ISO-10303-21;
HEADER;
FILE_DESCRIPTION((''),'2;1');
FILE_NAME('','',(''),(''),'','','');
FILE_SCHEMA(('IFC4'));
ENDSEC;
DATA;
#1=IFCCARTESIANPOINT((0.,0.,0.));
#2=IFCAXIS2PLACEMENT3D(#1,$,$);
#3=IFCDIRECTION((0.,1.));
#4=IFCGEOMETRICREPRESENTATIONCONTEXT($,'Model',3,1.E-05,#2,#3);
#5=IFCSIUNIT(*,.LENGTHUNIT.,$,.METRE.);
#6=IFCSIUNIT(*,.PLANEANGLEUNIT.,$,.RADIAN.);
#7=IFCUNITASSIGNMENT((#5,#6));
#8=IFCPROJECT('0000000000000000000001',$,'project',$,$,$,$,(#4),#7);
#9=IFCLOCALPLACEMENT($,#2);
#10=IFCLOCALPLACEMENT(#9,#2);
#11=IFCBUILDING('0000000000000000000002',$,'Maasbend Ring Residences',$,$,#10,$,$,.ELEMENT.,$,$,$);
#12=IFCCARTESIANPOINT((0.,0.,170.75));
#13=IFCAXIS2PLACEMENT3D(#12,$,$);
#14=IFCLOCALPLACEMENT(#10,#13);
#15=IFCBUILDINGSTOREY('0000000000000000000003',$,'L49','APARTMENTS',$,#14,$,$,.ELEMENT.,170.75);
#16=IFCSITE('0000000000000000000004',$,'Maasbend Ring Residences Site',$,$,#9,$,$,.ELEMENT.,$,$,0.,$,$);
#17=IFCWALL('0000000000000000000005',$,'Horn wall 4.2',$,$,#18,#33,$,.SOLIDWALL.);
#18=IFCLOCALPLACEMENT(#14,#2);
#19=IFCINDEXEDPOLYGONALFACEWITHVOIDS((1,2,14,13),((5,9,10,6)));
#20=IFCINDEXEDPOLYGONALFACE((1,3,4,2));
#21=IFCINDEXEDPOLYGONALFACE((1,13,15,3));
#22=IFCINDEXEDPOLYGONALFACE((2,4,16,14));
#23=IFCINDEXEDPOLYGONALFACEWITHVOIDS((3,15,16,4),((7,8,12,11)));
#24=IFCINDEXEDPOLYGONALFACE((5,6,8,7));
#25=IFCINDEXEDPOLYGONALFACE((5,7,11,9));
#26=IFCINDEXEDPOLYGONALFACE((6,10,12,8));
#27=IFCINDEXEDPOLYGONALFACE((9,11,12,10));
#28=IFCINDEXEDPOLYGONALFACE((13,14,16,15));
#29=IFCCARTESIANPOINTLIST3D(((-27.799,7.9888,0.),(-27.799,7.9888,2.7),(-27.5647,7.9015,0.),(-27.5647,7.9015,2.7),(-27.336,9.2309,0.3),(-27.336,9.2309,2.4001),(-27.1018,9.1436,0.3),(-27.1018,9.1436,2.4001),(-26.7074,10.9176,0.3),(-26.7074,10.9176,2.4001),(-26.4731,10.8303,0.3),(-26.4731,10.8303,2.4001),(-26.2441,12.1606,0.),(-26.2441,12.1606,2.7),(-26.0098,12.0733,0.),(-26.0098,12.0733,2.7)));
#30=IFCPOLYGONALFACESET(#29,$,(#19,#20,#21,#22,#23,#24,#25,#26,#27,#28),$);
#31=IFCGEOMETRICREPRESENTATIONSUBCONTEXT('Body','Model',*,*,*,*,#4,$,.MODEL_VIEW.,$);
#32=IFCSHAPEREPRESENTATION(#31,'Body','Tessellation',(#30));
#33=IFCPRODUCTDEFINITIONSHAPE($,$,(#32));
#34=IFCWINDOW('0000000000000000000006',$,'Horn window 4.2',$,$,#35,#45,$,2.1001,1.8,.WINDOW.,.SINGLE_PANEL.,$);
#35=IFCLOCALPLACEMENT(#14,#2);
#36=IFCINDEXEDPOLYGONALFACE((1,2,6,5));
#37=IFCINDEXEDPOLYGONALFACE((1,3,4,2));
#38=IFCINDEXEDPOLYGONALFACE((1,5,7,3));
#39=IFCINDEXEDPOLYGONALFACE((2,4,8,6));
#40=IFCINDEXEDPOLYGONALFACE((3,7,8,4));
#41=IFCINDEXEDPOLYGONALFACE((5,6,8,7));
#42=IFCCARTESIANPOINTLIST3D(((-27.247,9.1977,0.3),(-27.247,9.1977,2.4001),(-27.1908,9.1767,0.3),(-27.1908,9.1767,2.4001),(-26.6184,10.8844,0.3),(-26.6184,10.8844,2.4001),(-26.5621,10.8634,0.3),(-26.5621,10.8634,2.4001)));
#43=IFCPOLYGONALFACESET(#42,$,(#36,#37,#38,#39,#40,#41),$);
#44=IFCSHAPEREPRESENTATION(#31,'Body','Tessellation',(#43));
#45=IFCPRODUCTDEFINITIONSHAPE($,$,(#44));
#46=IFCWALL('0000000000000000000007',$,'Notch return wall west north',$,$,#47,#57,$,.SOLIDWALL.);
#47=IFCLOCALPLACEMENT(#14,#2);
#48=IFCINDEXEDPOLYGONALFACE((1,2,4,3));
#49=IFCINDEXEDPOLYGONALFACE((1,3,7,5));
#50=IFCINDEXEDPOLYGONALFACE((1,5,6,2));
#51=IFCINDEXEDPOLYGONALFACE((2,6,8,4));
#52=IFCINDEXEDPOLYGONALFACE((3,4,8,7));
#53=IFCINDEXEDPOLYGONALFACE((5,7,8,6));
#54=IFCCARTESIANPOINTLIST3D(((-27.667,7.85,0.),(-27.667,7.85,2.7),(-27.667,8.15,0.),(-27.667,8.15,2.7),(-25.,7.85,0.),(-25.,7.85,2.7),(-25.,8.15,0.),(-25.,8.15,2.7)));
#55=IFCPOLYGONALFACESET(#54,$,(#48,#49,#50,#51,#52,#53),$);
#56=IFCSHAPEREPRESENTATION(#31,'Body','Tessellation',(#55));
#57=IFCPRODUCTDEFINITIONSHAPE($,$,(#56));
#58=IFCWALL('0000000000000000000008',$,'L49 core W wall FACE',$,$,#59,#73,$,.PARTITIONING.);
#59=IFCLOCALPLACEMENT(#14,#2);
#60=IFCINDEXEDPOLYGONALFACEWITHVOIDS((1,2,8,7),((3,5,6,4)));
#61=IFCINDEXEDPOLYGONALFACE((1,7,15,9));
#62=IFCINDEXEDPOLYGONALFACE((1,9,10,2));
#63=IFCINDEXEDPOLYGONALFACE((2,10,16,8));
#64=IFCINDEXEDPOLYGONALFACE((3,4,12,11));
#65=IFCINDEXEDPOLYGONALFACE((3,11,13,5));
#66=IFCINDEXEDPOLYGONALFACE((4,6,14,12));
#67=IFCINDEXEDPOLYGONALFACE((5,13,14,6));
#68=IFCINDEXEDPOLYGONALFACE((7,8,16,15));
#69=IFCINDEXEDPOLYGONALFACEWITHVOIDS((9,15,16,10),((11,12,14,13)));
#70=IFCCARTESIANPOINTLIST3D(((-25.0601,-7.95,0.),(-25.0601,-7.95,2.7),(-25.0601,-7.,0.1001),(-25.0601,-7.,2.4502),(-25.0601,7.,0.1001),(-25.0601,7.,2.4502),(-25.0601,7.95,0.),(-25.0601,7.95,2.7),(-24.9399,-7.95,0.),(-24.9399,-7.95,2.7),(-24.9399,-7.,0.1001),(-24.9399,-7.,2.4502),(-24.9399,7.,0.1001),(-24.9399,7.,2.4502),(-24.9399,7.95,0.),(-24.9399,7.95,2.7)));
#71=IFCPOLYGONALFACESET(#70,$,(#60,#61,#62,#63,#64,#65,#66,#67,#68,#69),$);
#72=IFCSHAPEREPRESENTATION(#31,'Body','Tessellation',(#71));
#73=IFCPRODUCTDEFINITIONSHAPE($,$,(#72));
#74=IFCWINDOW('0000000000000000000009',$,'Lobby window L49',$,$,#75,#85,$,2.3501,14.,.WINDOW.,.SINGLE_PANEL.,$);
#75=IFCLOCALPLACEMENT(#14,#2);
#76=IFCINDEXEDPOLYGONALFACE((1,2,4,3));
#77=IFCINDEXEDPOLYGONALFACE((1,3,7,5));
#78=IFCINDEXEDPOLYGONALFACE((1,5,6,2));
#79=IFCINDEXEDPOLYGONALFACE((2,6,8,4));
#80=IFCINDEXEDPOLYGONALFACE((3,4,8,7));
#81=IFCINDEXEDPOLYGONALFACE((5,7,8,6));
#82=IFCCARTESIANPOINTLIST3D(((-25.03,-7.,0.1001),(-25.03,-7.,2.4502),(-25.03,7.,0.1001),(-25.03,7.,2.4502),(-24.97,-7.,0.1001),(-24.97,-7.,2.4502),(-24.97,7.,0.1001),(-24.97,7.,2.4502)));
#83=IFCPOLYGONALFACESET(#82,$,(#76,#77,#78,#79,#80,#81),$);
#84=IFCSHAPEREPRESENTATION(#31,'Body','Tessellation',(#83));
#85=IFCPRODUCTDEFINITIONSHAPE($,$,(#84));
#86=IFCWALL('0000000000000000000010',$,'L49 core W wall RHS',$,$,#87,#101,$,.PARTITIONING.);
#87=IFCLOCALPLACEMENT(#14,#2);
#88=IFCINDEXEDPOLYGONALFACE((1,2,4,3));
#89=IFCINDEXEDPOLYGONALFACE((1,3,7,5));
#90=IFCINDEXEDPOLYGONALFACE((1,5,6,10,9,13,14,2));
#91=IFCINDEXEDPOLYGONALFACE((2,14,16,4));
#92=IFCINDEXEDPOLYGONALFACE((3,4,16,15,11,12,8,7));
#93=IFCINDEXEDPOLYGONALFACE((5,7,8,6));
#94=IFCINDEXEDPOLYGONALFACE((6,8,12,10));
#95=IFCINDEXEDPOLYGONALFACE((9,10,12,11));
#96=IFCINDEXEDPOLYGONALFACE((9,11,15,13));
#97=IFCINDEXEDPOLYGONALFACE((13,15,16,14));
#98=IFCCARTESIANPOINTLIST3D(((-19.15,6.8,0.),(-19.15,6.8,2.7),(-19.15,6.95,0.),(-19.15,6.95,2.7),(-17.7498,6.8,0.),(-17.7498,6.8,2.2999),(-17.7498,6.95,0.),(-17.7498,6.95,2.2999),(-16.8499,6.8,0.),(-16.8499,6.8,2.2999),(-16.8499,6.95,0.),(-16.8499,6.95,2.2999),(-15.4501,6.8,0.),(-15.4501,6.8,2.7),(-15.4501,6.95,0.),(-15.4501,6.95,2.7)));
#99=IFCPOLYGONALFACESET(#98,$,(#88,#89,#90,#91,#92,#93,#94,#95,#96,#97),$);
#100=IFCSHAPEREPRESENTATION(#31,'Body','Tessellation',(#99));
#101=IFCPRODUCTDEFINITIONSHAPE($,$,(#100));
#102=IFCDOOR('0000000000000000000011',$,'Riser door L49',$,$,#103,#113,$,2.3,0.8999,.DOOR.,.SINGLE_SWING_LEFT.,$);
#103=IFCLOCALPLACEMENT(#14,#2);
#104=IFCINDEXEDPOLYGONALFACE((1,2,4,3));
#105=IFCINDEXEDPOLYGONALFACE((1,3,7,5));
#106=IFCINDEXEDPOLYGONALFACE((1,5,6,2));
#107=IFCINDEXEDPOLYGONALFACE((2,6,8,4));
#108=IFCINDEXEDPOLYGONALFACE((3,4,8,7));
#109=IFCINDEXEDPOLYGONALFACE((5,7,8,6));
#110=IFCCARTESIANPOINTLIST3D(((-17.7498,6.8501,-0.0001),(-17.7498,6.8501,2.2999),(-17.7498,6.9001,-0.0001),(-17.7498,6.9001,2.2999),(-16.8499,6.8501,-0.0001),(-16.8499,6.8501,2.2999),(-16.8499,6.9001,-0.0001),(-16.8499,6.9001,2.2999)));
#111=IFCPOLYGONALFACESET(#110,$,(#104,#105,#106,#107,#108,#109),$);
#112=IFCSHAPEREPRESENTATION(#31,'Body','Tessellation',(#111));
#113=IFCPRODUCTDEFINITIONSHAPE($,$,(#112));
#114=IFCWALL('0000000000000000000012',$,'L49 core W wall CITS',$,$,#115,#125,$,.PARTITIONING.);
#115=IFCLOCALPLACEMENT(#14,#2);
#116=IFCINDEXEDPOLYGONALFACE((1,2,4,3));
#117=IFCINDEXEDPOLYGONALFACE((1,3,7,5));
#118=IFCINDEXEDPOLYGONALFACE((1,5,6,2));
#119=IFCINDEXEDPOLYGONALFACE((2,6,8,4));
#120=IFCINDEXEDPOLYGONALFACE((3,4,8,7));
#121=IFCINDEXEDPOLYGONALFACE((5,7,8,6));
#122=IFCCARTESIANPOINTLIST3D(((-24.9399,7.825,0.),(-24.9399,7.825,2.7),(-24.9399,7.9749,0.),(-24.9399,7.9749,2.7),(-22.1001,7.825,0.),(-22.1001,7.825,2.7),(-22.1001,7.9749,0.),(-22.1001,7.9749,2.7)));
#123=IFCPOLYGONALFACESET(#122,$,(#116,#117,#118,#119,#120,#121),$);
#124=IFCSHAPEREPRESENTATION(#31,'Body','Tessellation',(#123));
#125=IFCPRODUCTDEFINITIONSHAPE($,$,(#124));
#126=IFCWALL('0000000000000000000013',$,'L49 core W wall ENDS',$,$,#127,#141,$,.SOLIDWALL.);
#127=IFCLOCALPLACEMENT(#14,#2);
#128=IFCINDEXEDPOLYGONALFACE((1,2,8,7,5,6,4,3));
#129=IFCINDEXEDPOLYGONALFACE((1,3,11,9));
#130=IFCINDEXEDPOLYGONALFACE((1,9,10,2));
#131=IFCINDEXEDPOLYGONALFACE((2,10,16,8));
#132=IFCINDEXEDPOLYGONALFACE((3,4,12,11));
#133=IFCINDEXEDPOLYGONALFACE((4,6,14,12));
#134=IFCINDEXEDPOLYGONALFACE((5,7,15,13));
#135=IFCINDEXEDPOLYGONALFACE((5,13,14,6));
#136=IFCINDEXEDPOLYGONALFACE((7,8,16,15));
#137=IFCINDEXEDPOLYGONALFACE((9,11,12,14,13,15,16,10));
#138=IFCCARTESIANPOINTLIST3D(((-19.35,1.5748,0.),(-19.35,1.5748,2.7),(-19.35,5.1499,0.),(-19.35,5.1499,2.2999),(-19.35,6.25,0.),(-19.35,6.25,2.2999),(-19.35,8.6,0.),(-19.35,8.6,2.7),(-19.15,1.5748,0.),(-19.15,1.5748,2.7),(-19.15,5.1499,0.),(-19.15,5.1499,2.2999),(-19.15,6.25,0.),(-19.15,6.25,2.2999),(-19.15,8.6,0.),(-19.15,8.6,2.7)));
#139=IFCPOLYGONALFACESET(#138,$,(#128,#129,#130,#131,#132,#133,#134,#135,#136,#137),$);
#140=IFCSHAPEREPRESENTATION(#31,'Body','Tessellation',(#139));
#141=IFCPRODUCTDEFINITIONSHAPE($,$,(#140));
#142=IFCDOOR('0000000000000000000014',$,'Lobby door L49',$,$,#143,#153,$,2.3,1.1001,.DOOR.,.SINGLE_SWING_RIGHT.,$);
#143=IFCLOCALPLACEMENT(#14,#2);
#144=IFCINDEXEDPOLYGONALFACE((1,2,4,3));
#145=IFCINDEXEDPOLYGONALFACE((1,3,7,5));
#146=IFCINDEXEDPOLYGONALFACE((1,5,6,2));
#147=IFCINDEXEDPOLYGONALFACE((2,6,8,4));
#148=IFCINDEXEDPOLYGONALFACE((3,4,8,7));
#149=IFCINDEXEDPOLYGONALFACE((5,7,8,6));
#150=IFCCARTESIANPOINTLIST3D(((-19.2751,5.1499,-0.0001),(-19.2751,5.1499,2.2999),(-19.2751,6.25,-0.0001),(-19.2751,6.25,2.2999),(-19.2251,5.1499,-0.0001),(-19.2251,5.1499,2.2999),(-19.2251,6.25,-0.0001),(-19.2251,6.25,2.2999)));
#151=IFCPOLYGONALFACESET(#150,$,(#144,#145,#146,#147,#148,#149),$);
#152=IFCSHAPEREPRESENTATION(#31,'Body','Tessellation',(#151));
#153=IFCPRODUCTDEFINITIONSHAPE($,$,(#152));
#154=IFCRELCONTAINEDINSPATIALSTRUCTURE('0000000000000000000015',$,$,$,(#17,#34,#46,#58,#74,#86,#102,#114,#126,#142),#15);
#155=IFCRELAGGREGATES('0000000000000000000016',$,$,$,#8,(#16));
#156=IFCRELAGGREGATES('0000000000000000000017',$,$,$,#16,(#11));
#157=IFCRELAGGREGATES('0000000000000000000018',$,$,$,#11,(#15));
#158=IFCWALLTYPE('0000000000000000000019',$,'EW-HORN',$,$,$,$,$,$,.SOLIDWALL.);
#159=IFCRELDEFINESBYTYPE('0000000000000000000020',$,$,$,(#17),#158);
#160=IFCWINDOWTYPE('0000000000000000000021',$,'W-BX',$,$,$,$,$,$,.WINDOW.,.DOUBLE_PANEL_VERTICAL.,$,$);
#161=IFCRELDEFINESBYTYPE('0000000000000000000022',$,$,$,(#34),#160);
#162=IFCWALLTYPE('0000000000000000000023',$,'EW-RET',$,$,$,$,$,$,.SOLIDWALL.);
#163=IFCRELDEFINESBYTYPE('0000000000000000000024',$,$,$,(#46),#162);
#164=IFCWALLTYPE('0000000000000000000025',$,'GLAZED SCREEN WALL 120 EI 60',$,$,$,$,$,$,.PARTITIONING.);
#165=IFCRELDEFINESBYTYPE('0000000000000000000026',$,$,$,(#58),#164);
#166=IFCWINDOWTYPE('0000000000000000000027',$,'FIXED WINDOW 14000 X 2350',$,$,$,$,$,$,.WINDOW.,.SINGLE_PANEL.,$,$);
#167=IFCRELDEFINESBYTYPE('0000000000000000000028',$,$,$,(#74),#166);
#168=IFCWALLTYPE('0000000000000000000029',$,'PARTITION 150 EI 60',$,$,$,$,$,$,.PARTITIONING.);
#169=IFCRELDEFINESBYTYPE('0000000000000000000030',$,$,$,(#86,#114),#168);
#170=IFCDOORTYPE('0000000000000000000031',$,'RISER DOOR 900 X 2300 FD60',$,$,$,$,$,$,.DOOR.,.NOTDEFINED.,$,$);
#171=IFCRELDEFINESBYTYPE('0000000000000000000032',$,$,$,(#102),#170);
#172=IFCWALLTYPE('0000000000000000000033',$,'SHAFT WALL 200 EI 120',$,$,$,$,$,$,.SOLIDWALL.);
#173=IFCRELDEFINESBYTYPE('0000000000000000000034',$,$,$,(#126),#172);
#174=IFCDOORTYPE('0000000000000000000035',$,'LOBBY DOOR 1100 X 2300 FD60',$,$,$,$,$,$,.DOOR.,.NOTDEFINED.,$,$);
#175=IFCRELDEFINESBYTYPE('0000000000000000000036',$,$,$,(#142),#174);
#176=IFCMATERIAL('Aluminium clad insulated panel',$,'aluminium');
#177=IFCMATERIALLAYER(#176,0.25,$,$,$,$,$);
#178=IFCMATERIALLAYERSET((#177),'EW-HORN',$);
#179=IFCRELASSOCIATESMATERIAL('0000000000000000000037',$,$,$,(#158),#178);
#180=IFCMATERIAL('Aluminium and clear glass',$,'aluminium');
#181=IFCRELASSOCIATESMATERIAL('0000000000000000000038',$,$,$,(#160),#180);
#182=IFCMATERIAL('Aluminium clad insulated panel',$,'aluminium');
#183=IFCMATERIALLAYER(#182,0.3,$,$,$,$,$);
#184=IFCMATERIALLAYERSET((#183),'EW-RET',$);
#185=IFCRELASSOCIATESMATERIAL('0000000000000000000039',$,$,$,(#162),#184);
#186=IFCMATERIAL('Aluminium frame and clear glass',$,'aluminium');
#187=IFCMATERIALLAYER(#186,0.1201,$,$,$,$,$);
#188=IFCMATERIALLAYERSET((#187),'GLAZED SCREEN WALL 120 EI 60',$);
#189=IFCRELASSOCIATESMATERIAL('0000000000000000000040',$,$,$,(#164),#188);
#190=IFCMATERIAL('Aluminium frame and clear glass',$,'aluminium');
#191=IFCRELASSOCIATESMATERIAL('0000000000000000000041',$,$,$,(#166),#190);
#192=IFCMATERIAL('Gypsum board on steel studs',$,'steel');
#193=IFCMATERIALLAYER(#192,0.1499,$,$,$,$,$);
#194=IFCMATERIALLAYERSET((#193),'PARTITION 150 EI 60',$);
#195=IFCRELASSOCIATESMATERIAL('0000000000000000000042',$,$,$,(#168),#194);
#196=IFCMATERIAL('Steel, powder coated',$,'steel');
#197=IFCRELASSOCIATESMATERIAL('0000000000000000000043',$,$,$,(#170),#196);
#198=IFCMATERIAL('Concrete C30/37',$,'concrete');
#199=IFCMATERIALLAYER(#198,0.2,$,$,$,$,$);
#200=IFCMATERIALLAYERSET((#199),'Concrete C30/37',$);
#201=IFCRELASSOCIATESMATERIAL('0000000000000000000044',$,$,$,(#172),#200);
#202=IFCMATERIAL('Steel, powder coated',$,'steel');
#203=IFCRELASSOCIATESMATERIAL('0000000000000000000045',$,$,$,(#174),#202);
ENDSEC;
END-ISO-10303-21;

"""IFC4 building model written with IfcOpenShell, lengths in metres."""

from ifc_helpers import new_model, si_unit, direction, frame, frame_2d, origin, place, context, subcontext, project, spatial, rectangle, extrude, material, layer, layer_set, type_object, element, fill, save


model = new_model("IFC4")

# Units and contexts
model_context = context("Model", 3, precision=1e-05, world=origin(), true_north=direction((0.0, 1.0)))
body_context = subcontext(model_context, "Body", "Model", "MODEL_VIEW")
ifc_project = project(units=[si_unit("LENGTHUNIT", "METRE"), si_unit("PLANEANGLEUNIT", "RADIAN")], contexts=[model_context])

# Site, building, storey
site_placement = place(None, origin())
site = spatial("IfcSite", under=ifc_project, at=site_placement, Name="Maasbend Ring Residences Site", CompositionType="ELEMENT", RefElevation=0.0)
building_placement = place(site_placement, origin())
building = spatial("IfcBuilding", under=site, at=building_placement, Name="Maasbend Ring Residences", CompositionType="ELEMENT")
storey_placement = place(building_placement, frame((0.0, 0.0, 170.75)))
storey = spatial("IfcBuildingStorey", under=building, at=storey_placement, Name="L49", Description="APARTMENTS", CompositionType="ELEMENT", Elevation=170.75)

# Wall, opening, window
ifc_material_1 = material(Name="Aluminium clad insulated panel", Category="aluminium")
ifc_layer_1 = layer(ifc_material_1, 0.25)
ifc_layer_set_1 = layer_set([ifc_layer_1], Name="EW-HORN")
wall_type_1 = type_object("IfcWallType", Name="EW-HORN", PredefinedType="SOLIDWALL", material=ifc_layer_set_1)
wall_1_placement = place(storey_placement, frame((-26.127, 12.1169, 0.0), z_axis=(0.0, 0.0, 1.0), x_axis=(-0.349248, -0.93703, 0.0)))
wall_1 = element("IfcWall", 1, at=wall_1_placement, inside=storey, type_object=wall_type_1, Name="Horn wall 4.2", PredefinedType="SOLIDWALL", context=body_context, shape_type="SweptSolid", body=[
    extrude(rectangle(XDim=4.4521, YDim=0.25, at=frame_2d((2.2261, 0.0))), origin(), (0.0, 0.0, 1.0), 2.7),
])
opening_1_placement = place(wall_1_placement, frame((1.3267, 0.0, 0.3)))
opening_1 = element("IfcOpeningElement", 2, at=opening_1_placement, cuts=wall_1, PredefinedType="OPENING", context=body_context, shape_type="SweptSolid", body=[
    extrude(rectangle(XDim=1.8, YDim=2.1001, at=frame_2d((0.8999, 1.05))), frame((0.0, 0.135, 0.0), z_axis=(0.0, -1.0, 0.0), x_axis=(1.0, 0.0, 0.0)), (0.0, 0.0, 1.0), 0.27),
])
ifc_material_2 = material(Name="Aluminium and clear glass", Category="aluminium")
window_type_1 = type_object("IfcWindowType", Name="W-BX", PartitioningType="DOUBLE_PANEL_VERTICAL", PredefinedType="WINDOW", material=ifc_material_2)
window_1_placement = place(opening_1_placement, origin())
window_1 = element("IfcWindow", 3, at=window_1_placement, inside=storey, type_object=window_type_1, Name="Horn window 4.2", OverallHeight=2.1001, OverallWidth=1.8, PartitioningType="SINGLE_PANEL", PredefinedType="WINDOW", context=body_context, shape_type="SweptSolid", body=[
    extrude(rectangle(XDim=1.8, YDim=2.1001, at=frame_2d((0.8999, 1.05))), frame((0.0, 0.03, 0.0), z_axis=(0.0, -1.0, 0.0), x_axis=(1.0, 0.0, 0.0)), (0.0, 0.0, 1.0), 0.0601),
])
fill(opening_1, window_1)

# Wall
ifc_material_3 = material(Name="Aluminium clad insulated panel", Category="aluminium")
ifc_layer_2 = layer(ifc_material_3, 0.3)
ifc_layer_set_2 = layer_set([ifc_layer_2], Name="EW-RET")
wall_type_2 = type_object("IfcWallType", Name="EW-RET", PredefinedType="SOLIDWALL", material=ifc_layer_set_2)
wall_2_placement = place(storey_placement, frame((-25.0, 8.0, 0.0), z_axis=(0.0, 0.0, 1.0), x_axis=(-1.0, 0.0, 0.0)))
element("IfcWall", 4, at=wall_2_placement, inside=storey, type_object=wall_type_2, Name="Notch return wall west north", PredefinedType="SOLIDWALL", context=body_context, shape_type="SweptSolid", body=[
    extrude(rectangle(XDim=2.667, YDim=0.3, at=frame_2d((1.3335, 0.0))), origin(), (0.0, 0.0, 1.0), 2.7),
])

# Wall, opening, window
ifc_material_4 = material(Name="Aluminium frame and clear glass", Category="aluminium")
ifc_layer_3 = layer(ifc_material_4, 0.1201)
ifc_layer_set_3 = layer_set([ifc_layer_3], Name="GLAZED SCREEN WALL 120 EI 60")
wall_type_3 = type_object("IfcWallType", Name="GLAZED SCREEN WALL 120 EI 60", PredefinedType="PARTITIONING", material=ifc_layer_set_3)
wall_3_placement = place(storey_placement, frame((-25.0, 7.95, 0.0), z_axis=(0.0, 0.0, 1.0), x_axis=(0.0, -1.0, 0.0)))
wall_3 = element("IfcWall", 5, at=wall_3_placement, inside=storey, type_object=wall_type_3, Name="L49 core W wall FACE", PredefinedType="PARTITIONING", context=body_context, shape_type="SweptSolid", body=[
    extrude(rectangle(XDim=15.8999, YDim=0.1201, at=frame_2d((7.95, 0.0))), origin(), (0.0, 0.0, 1.0), 2.7),
])
opening_2_placement = place(wall_3_placement, frame((0.95, 0.0, 0.1001)))
opening_2 = element("IfcOpeningElement", 6, at=opening_2_placement, cuts=wall_3, PredefinedType="OPENING", context=body_context, shape_type="SweptSolid", body=[
    extrude(rectangle(XDim=14.0, YDim=2.3501, at=frame_2d((7.0, 1.175))), frame((0.0, 0.0701, 0.0), z_axis=(0.0, -1.0, 0.0), x_axis=(1.0, 0.0, 0.0)), (0.0, 0.0, 1.0), 0.1401),
])
ifc_material_5 = material(Name="Aluminium frame and clear glass", Category="aluminium")
window_type_2 = type_object("IfcWindowType", Name="FIXED WINDOW 14000 X 2350", PartitioningType="SINGLE_PANEL", PredefinedType="WINDOW", material=ifc_material_5)
window_2_placement = place(opening_2_placement, origin())
window_2 = element("IfcWindow", 7, at=window_2_placement, inside=storey, type_object=window_type_2, Name="Lobby window L49", OverallHeight=2.3501, OverallWidth=14.0, PartitioningType="SINGLE_PANEL", PredefinedType="WINDOW", context=body_context, shape_type="SweptSolid", body=[
    extrude(rectangle(XDim=14.0, YDim=2.3501, at=frame_2d((7.0, 1.175))), frame((0.0, 0.03, 0.0), z_axis=(0.0, -1.0, 0.0), x_axis=(1.0, 0.0, 0.0)), (0.0, 0.0, 1.0), 0.0601),
])
fill(opening_2, window_2)

# Wall, opening, door
ifc_material_6 = material(Name="Gypsum board on steel studs", Category="steel")
ifc_layer_4 = layer(ifc_material_6, 0.1499)
ifc_layer_set_4 = layer_set([ifc_layer_4], Name="PARTITION 150 EI 60")
wall_type_4 = type_object("IfcWallType", Name="PARTITION 150 EI 60", PredefinedType="PARTITIONING", material=ifc_layer_set_4)
wall_4_placement = place(storey_placement, frame((-15.45, 6.875, 0.0), z_axis=(0.0, 0.0, 1.0), x_axis=(-1.0, 0.0, 0.0)))
wall_4 = element("IfcWall", 8, at=wall_4_placement, inside=storey, type_object=wall_type_4, Name="L49 core W wall RHS", PredefinedType="PARTITIONING", context=body_context, shape_type="SweptSolid", body=[
    extrude(rectangle(XDim=3.7, YDim=0.1499, at=frame_2d((1.8501, 0.0))), origin(), (0.0, 0.0, 1.0), 2.7),
])
opening_3_placement = place(wall_4_placement, frame((1.3999, 0.0, 0.0)))
opening_3 = element("IfcOpeningElement", 9, at=opening_3_placement, cuts=wall_4, PredefinedType="OPENING", context=body_context, shape_type="SweptSolid", body=[
    extrude(rectangle(XDim=0.8999, YDim=2.3, at=frame_2d((0.45, 1.1499))), frame((0.0, 0.085, 0.0), z_axis=(0.0, -1.0, 0.0), x_axis=(1.0, 0.0, 0.0)), (0.0, 0.0, 1.0), 0.1699),
])
ifc_material_7 = material(Name="Steel, powder coated", Category="steel")
door_type_1 = type_object("IfcDoorType", Name="RISER DOOR 900 X 2300 FD60", OperationType="NOTDEFINED", PredefinedType="DOOR", material=ifc_material_7)
door_1_placement = place(opening_3_placement, origin())
door_1 = element("IfcDoor", 10, at=door_1_placement, inside=storey, type_object=door_type_1, Name="Riser door L49", OperationType="SINGLE_SWING_LEFT", OverallHeight=2.3, OverallWidth=0.8999, PredefinedType="DOOR", context=body_context, shape_type="SweptSolid", body=[
    extrude(rectangle(XDim=0.8999, YDim=2.3, at=frame_2d((0.45, 1.1499))), frame((0.0, 0.0249, 0.0), z_axis=(0.0, -1.0, 0.0), x_axis=(1.0, 0.0, 0.0)), (0.0, 0.0, 1.0), 0.05),
])
fill(opening_3, door_1)

# Wall
wall_5_placement = place(storey_placement, frame((-22.1001, 7.8999, 0.0), z_axis=(0.0, 0.0, 1.0), x_axis=(-1.0, 0.0, 0.0)))
element("IfcWall", 11, at=wall_5_placement, inside=storey, type_object=wall_type_4, Name="L49 core W wall CITS", PredefinedType="PARTITIONING", context=body_context, shape_type="SweptSolid", body=[
    extrude(rectangle(XDim=2.8398, YDim=0.1499, at=frame_2d((1.4199, 0.0))), origin(), (0.0, 0.0, 1.0), 2.7),
])

# Wall, opening, door
ifc_material_8 = material(Name="Concrete C30/37", Category="concrete")
ifc_layer_5 = layer(ifc_material_8, 0.2)
ifc_layer_set_5 = layer_set([ifc_layer_5], Name="Concrete C30/37")
wall_type_5 = type_object("IfcWallType", Name="SHAFT WALL 200 EI 120", PredefinedType="SOLIDWALL", material=ifc_layer_set_5)
wall_6_placement = place(storey_placement, frame((-19.25, 8.6001, 0.0), z_axis=(0.0, 0.0, 1.0), x_axis=(0.0, -1.0, 0.0)))
wall_6 = element("IfcWall", 12, at=wall_6_placement, inside=storey, type_object=wall_type_5, Name="L49 core W wall ENDS", PredefinedType="SOLIDWALL", context=body_context, shape_type="SweptSolid", body=[
    extrude(rectangle(XDim=7.0251, YDim=0.2, at=frame_2d((3.5127, 0.0))), origin(), (0.0, 0.0, 1.0), 2.7),
])
opening_4_placement = place(wall_6_placement, frame((2.3501, 0.0, 0.0)))
opening_4 = element("IfcOpeningElement", 13, at=opening_4_placement, cuts=wall_6, PredefinedType="OPENING", context=body_context, shape_type="SweptSolid", body=[
    extrude(rectangle(XDim=1.1001, YDim=2.3, at=frame_2d((0.55, 1.1499))), frame((0.0, 0.1099, 0.0), z_axis=(0.0, -1.0, 0.0), x_axis=(1.0, 0.0, 0.0)), (0.0, 0.0, 1.0), 0.22),
])
ifc_material_9 = material(Name="Steel, powder coated", Category="steel")
door_type_2 = type_object("IfcDoorType", Name="LOBBY DOOR 1100 X 2300 FD60", OperationType="NOTDEFINED", PredefinedType="DOOR", material=ifc_material_9)
door_2_placement = place(opening_4_placement, origin())
door_2 = element("IfcDoor", 14, at=door_2_placement, inside=storey, type_object=door_type_2, Name="Lobby door L49", OperationType="SINGLE_SWING_RIGHT", OverallHeight=2.3, OverallWidth=1.1001, PredefinedType="DOOR", context=body_context, shape_type="SweptSolid", body=[
    extrude(rectangle(XDim=1.1001, YDim=2.3, at=frame_2d((0.55, 1.1499))), frame((0.0, 0.0249, 0.0), z_axis=(0.0, -1.0, 0.0), x_axis=(1.0, 0.0, 0.0)), (0.0, 0.0, 1.0), 0.05),
])
fill(opening_4, door_2)

save(model, "model.ifc")
